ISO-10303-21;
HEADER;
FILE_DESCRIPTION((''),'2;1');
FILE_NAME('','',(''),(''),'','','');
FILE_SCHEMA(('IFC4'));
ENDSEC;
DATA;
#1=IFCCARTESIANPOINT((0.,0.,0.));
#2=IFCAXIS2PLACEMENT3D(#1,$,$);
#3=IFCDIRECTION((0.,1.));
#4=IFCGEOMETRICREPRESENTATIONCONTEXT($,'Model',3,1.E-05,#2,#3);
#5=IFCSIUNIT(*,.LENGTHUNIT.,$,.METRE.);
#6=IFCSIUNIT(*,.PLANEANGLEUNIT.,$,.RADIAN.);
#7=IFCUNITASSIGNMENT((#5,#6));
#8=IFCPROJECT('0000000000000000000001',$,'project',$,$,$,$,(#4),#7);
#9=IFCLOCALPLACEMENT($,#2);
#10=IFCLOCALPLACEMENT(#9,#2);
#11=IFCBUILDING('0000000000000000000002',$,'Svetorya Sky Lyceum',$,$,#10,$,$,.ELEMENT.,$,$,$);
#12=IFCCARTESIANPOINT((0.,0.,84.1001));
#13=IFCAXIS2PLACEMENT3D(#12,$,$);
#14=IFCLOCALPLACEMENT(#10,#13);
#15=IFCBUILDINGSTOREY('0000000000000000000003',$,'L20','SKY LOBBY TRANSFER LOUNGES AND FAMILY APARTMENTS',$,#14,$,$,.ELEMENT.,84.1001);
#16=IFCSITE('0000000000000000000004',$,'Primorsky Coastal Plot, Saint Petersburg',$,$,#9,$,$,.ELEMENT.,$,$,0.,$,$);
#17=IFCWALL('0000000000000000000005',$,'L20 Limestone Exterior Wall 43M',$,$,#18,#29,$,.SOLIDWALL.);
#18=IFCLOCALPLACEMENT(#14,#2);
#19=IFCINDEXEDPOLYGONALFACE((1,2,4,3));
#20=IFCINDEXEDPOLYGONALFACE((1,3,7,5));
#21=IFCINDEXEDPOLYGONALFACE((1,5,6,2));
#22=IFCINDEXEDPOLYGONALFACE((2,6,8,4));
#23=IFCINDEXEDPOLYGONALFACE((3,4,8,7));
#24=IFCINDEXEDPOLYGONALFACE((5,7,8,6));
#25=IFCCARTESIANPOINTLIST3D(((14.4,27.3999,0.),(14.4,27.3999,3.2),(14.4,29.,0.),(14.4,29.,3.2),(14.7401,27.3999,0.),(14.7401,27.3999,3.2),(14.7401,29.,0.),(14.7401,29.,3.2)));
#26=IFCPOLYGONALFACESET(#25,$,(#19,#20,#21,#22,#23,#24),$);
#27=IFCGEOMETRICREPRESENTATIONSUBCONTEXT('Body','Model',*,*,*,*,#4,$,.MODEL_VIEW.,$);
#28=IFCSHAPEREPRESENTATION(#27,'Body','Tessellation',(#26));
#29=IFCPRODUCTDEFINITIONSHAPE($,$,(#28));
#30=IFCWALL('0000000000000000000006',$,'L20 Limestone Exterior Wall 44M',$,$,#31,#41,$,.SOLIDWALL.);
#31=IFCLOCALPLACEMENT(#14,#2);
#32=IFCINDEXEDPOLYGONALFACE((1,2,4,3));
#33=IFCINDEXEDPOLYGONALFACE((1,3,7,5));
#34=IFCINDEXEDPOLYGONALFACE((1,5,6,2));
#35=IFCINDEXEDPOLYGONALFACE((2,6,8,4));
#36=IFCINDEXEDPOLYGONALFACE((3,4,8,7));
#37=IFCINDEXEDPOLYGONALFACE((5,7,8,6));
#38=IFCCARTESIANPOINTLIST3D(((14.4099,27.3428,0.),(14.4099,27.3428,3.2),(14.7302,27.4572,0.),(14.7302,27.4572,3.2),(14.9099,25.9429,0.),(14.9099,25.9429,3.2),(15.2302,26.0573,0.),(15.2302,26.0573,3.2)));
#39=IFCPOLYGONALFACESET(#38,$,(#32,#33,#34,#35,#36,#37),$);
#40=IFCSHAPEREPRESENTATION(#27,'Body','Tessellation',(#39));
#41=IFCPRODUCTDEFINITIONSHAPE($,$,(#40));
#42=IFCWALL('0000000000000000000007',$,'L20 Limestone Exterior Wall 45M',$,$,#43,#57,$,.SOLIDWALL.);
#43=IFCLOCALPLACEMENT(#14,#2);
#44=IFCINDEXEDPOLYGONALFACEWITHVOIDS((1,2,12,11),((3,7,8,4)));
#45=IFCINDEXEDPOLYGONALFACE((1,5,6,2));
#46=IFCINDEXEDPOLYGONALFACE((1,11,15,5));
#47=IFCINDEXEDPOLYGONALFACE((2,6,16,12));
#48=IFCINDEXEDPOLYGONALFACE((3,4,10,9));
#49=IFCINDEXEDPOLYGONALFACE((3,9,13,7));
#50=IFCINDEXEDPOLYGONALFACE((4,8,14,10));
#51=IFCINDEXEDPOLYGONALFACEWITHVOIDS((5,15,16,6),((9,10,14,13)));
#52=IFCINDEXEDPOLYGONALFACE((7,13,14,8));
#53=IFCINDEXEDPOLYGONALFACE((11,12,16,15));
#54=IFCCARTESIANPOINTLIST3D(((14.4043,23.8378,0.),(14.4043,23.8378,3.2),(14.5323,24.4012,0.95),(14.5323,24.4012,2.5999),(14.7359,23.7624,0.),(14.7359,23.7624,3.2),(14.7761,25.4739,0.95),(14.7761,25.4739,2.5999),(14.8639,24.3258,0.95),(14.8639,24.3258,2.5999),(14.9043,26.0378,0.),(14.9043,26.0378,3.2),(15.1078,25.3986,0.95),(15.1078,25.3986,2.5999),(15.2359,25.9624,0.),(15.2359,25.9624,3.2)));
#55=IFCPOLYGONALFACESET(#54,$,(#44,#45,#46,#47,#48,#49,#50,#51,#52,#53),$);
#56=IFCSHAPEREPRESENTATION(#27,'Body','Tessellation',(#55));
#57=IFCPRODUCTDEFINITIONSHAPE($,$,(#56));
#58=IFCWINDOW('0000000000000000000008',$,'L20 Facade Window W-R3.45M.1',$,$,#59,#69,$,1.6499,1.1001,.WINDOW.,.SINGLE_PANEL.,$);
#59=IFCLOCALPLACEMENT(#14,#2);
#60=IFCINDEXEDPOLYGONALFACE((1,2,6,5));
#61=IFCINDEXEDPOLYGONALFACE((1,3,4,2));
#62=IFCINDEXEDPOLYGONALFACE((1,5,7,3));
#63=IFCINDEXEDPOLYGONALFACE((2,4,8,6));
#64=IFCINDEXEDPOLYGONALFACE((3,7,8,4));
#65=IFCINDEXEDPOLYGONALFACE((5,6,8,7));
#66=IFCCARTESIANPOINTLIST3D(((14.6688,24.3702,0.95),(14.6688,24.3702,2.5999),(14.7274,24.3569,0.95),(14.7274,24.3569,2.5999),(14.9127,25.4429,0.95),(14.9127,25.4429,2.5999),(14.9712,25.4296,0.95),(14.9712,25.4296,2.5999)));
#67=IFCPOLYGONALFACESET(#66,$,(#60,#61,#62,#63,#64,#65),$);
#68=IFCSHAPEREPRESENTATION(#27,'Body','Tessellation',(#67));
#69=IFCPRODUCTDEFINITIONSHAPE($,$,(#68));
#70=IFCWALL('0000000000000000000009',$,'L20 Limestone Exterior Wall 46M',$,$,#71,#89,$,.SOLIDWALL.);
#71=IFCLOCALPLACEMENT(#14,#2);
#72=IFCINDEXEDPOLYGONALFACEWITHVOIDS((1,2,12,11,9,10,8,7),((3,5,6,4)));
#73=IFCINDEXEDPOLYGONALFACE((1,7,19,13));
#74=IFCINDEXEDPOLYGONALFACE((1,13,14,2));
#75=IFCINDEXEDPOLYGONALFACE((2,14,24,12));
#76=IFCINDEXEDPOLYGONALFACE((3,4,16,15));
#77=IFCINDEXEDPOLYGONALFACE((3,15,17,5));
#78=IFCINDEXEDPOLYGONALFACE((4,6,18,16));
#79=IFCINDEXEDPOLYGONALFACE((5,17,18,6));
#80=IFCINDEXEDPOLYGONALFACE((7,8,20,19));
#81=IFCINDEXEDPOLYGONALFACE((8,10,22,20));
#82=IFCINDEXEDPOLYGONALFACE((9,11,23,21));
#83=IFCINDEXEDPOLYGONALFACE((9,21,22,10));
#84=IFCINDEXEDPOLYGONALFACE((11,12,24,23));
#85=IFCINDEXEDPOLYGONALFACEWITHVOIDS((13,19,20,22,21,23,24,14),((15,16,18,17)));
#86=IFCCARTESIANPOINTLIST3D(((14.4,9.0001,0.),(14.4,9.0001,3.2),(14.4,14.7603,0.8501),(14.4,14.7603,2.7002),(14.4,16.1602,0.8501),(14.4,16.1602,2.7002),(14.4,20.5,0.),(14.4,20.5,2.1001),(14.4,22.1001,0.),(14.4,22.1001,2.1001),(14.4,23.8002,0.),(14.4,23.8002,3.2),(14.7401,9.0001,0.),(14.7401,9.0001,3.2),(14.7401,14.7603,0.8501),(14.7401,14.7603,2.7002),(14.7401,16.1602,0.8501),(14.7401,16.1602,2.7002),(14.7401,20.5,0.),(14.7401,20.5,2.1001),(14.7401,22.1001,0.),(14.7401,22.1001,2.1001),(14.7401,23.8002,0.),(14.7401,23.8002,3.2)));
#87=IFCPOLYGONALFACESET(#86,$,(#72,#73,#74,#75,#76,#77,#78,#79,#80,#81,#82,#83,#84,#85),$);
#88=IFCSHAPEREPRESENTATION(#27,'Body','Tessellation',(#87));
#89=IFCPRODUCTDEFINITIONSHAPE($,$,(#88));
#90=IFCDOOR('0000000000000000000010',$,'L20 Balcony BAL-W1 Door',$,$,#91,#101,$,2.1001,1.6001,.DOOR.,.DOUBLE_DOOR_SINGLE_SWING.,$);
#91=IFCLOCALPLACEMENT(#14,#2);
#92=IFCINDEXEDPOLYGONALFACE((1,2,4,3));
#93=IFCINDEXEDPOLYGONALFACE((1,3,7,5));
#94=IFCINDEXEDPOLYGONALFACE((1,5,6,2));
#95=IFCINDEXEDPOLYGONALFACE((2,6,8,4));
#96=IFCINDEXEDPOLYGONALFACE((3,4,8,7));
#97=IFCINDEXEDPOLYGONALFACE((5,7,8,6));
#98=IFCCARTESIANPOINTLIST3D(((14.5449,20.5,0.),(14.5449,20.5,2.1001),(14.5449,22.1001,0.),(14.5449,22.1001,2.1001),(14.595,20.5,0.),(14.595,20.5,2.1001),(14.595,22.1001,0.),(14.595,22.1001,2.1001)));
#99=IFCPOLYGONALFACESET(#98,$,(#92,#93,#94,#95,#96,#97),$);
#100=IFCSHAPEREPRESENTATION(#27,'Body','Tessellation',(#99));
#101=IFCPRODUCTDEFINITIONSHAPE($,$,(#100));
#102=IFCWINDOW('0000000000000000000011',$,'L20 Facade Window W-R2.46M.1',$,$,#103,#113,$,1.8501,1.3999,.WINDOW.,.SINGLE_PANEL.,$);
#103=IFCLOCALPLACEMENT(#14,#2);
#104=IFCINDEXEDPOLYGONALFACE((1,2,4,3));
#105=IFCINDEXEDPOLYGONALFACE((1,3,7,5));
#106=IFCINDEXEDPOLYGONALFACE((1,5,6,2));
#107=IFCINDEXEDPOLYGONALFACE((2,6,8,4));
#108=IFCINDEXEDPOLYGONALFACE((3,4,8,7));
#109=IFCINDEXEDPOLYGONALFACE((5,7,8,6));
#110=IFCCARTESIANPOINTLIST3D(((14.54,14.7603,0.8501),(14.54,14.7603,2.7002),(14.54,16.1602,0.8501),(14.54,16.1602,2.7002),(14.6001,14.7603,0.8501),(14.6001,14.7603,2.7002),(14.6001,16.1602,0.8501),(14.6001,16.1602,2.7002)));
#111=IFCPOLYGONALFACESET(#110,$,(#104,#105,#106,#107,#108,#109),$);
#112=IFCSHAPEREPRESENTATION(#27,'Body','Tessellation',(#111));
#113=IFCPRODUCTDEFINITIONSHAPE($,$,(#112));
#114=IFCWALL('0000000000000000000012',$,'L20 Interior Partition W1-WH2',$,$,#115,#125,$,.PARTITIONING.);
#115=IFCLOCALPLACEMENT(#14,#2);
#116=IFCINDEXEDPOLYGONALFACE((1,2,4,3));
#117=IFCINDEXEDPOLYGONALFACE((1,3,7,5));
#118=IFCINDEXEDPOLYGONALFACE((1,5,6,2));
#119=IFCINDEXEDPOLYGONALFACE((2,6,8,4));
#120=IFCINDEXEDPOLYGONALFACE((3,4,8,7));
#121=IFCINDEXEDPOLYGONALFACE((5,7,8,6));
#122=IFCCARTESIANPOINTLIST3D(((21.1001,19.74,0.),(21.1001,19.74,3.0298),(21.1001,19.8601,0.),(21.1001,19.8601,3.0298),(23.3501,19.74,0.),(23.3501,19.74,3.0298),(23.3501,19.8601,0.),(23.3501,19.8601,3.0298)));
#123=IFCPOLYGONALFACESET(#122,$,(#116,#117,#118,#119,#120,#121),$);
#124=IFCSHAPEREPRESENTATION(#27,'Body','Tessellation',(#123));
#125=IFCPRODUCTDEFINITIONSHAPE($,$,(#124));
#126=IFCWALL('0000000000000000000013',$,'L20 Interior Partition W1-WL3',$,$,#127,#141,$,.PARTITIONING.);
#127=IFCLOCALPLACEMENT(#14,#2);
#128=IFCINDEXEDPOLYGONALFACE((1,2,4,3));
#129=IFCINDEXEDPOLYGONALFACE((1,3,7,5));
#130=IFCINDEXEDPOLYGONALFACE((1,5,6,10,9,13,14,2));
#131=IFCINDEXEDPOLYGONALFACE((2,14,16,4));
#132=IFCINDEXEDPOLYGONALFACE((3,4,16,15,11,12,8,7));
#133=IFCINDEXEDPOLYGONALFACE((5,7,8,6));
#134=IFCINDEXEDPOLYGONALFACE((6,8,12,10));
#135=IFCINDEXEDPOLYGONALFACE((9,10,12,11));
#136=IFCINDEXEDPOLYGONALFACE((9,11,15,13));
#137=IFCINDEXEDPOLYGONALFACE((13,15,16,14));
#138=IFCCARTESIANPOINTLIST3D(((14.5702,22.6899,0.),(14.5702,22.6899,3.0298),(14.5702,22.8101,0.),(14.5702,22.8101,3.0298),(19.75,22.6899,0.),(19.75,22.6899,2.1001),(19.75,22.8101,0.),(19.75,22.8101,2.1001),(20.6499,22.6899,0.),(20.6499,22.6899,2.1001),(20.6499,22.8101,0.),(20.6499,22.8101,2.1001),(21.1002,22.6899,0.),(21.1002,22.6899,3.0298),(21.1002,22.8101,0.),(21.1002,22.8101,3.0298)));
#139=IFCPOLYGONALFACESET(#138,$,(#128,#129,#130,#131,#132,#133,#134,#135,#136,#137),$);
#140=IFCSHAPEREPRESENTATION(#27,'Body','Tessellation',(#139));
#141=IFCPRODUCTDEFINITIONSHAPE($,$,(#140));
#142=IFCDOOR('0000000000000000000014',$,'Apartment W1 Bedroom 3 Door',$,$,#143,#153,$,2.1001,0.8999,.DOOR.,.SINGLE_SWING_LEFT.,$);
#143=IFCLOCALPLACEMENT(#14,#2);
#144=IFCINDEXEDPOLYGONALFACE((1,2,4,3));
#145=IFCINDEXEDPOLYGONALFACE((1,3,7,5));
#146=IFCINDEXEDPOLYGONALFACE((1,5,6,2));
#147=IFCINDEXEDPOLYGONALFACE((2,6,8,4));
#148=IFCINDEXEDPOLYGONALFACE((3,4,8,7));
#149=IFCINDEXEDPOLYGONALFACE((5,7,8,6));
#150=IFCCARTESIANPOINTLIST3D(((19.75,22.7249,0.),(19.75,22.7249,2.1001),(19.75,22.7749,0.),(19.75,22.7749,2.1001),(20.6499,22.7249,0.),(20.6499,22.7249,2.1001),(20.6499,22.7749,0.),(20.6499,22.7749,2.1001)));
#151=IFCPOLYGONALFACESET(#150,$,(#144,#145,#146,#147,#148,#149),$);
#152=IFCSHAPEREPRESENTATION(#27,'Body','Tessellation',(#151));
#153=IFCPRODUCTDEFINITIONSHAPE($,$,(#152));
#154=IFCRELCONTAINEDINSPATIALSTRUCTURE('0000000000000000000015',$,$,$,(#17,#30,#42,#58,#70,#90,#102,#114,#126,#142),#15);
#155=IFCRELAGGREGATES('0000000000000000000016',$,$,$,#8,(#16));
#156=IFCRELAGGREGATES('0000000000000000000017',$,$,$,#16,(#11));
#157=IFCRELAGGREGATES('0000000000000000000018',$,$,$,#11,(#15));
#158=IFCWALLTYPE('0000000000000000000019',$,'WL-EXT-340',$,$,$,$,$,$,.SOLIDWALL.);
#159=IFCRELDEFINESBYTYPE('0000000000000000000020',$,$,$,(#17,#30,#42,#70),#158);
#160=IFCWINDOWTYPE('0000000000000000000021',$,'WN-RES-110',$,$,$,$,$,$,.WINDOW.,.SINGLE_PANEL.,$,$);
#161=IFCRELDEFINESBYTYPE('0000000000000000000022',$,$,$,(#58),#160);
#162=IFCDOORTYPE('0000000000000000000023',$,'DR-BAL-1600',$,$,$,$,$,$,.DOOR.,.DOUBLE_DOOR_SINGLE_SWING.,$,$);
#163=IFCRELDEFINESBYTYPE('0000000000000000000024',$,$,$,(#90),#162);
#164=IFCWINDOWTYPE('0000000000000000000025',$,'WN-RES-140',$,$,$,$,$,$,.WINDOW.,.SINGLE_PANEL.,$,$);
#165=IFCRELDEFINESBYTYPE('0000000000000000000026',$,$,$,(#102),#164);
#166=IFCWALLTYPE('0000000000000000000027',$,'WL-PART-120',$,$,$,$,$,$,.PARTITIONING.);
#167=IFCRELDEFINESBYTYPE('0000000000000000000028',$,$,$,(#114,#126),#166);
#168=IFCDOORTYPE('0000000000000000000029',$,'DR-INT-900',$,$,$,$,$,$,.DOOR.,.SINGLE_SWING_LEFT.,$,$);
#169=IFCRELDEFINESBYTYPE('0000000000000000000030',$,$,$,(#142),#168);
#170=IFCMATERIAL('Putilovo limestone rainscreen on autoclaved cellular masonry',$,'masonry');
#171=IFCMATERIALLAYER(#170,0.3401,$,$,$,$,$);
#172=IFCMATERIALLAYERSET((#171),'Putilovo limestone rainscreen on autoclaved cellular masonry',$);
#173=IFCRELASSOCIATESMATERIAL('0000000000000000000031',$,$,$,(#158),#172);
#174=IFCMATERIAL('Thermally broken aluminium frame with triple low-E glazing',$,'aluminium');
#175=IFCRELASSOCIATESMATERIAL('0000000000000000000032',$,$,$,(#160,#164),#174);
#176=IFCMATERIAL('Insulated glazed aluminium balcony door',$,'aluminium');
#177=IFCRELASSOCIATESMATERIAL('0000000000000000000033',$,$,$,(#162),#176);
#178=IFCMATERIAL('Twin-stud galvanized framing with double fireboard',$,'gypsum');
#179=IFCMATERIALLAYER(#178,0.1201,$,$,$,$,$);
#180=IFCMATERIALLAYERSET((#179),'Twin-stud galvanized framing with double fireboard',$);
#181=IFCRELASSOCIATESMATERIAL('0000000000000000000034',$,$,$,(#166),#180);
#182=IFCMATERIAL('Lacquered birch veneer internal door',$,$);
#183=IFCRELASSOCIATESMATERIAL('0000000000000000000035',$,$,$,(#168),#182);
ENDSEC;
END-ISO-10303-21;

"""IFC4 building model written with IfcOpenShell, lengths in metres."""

from ifc_helpers import new_model, si_unit, direction, frame, frame_2d, origin, place, context, subcontext, project, spatial, rectangle, extrude, material, layer, layer_set, type_object, element, fill, save


model = new_model("IFC4")

# Units and contexts
model_context = context("Model", 3, precision=1e-05, world=origin(), true_north=direction((0.0, 1.0)))
body_context = subcontext(model_context, "Body", "Model", "MODEL_VIEW")
ifc_project = project(units=[si_unit("LENGTHUNIT", "METRE"), si_unit("PLANEANGLEUNIT", "RADIAN")], contexts=[model_context])

# Site, building, storey
site_placement = place(None, origin())
site = spatial("IfcSite", under=ifc_project, at=site_placement, Name="Primorsky Coastal Plot, Saint Petersburg", CompositionType="ELEMENT", RefElevation=0.0)
building_placement = place(site_placement, origin())
building = spatial("IfcBuilding", under=site, at=building_placement, Name="Svetorya Sky Lyceum", CompositionType="ELEMENT")
storey_placement = place(building_placement, frame((0.0, 0.0, 84.1001)))
storey = spatial("IfcBuildingStorey", under=building, at=storey_placement, Name="L20", Description="SKY LOBBY TRANSFER LOUNGES AND FAMILY APARTMENTS", CompositionType="ELEMENT", Elevation=84.1001)

# Walls
ifc_material_1 = material(Name="Putilovo limestone rainscreen on autoclaved cellular masonry", Category="masonry")
ifc_layer_1 = layer(ifc_material_1, 0.3401)
ifc_layer_set_1 = layer_set([ifc_layer_1], Name="Putilovo limestone rainscreen on autoclaved cellular masonry")
wall_type_1 = type_object("IfcWallType", Name="WL-EXT-340", PredefinedType="SOLIDWALL", material=ifc_layer_set_1)
wall_1_placement = place(storey_placement, frame((14.5701, 29.0, 0.0), z_axis=(0.0, 0.0, 1.0), x_axis=(0.0, -1.0, 0.0)))
element("IfcWall", 1, at=wall_1_placement, inside=storey, type_object=wall_type_1, Name="L20 Limestone Exterior Wall 43M", PredefinedType="SOLIDWALL", context=body_context, shape_type="SweptSolid", body=[
    extrude(rectangle(XDim=1.6001, YDim=0.3401, at=frame_2d((0.8, 0.0))), origin(), (0.0, 0.0, 1.0), 3.2),
])
wall_2_placement = place(storey_placement, frame((14.5701, 27.3999, 0.0), z_axis=(0.0, 0.0, 1.0), x_axis=(0.336357, -0.941734, 0.0)))
element("IfcWall", 2, at=wall_2_placement, inside=storey, type_object=wall_type_1, Name="L20 Limestone Exterior Wall 44M", PredefinedType="SOLIDWALL", context=body_context, shape_type="SweptSolid", body=[
    extrude(rectangle(XDim=1.4866, YDim=0.3401, at=frame_2d((0.7432, 0.0))), origin(), (0.0, 0.0, 1.0), 3.2),
])

# Wall, opening, window
wall_3_placement = place(storey_placement, frame((15.0701, 26.0, 0.0), z_axis=(0.0, 0.0, 1.0), x_axis=(-0.221626, -0.975132, 0.0)))
wall_3 = element("IfcWall", 3, at=wall_3_placement, inside=storey, type_object=wall_type_1, Name="L20 Limestone Exterior Wall 45M", PredefinedType="SOLIDWALL", context=body_context, shape_type="SweptSolid", body=[
    extrude(rectangle(XDim=2.2561, YDim=0.3401, at=frame_2d((1.1279, 0.0))), origin(), (0.0, 0.0, 1.0), 3.2),
])
opening_1_placement = place(wall_3_placement, frame((0.5781, 0.0, 0.95)))
opening_1 = element("IfcOpeningElement", 4, at=opening_1_placement, cuts=wall_3, PredefinedType="OPENING", context=body_context, shape_type="SweptSolid", body=[
    extrude(rectangle(XDim=1.1001, YDim=1.6499, at=frame_2d((0.55, 0.825))), frame((0.0, 0.1799, 0.0), z_axis=(0.0, -1.0, 0.0), x_axis=(1.0, 0.0, 0.0)), (0.0, 0.0, 1.0), 0.3601),
])
ifc_material_2 = material(Name="Thermally broken aluminium frame with triple low-E glazing", Category="aluminium")
window_type_1 = type_object("IfcWindowType", Name="WN-RES-110", PartitioningType="SINGLE_PANEL", PredefinedType="WINDOW", material=ifc_material_2)
window_1_placement = place(opening_1_placement, origin())
window_1 = element("IfcWindow", 5, at=window_1_placement, inside=storey, type_object=window_type_1, Name="L20 Facade Window W-R3.45M.1", OverallHeight=1.6499, OverallWidth=1.1001, PartitioningType="SINGLE_PANEL", PredefinedType="WINDOW", context=body_context, shape_type="SweptSolid", body=[
    extrude(rectangle(XDim=1.1001, YDim=1.6499, at=frame_2d((0.55, 0.825))), frame((0.0, 0.03, 0.0), z_axis=(0.0, -1.0, 0.0), x_axis=(1.0, 0.0, 0.0)), (0.0, 0.0, 1.0), 0.0601),
])
fill(opening_1, window_1)

# Wall, openings, door, window
wall_4_placement = place(storey_placement, frame((14.5701, 23.8, 0.0), z_axis=(0.0, 0.0, 1.0), x_axis=(0.0, -1.0, 0.0)))
wall_4 = element("IfcWall", 6, at=wall_4_placement, inside=storey, type_object=wall_type_1, Name="L20 Limestone Exterior Wall 46M", PredefinedType="SOLIDWALL", context=body_context, shape_type="SweptSolid", body=[
    extrude(rectangle(XDim=14.8, YDim=0.3401, at=frame_2d((7.3999, 0.0))), origin(), (0.0, 0.0, 1.0), 3.2),
])
opening_2_placement = place(wall_4_placement, frame((1.7, 0.0, 0.0)))
opening_2 = element("IfcOpeningElement", 7, at=opening_2_placement, cuts=wall_4, PredefinedType="OPENING", context=body_context, shape_type="SweptSolid", body=[
    extrude(rectangle(XDim=1.6001, YDim=2.1001, at=frame_2d((0.8, 1.05))), frame((0.0, 0.1799, 0.0), z_axis=(0.0, -1.0, 0.0), x_axis=(1.0, 0.0, 0.0)), (0.0, 0.0, 1.0), 0.3601),
])
opening_3_placement = place(wall_4_placement, frame((7.6399, 0.0, 0.8501)))
opening_3 = element("IfcOpeningElement", 8, at=opening_3_placement, cuts=wall_4, PredefinedType="OPENING", context=body_context, shape_type="SweptSolid", body=[
    extrude(rectangle(XDim=1.3999, YDim=1.8501, at=frame_2d((0.7, 0.925))), frame((0.0, 0.1799, 0.0), z_axis=(0.0, -1.0, 0.0), x_axis=(1.0, 0.0, 0.0)), (0.0, 0.0, 1.0), 0.3601),
])
ifc_material_3 = material(Name="Insulated glazed aluminium balcony door", Category="aluminium")
door_type_1 = type_object("IfcDoorType", Name="DR-BAL-1600", OperationType="DOUBLE_DOOR_SINGLE_SWING", PredefinedType="DOOR", material=ifc_material_3)
door_1_placement = place(opening_2_placement, origin())
door_1 = element("IfcDoor", 9, at=door_1_placement, inside=storey, type_object=door_type_1, Name="L20 Balcony BAL-W1 Door", OperationType="DOUBLE_DOOR_SINGLE_SWING", OverallHeight=2.1001, OverallWidth=1.6001, PredefinedType="DOOR", context=body_context, shape_type="SweptSolid", body=[
    extrude(rectangle(XDim=1.6001, YDim=2.1001, at=frame_2d((0.8, 1.05))), frame((0.0, 0.0249, 0.0), z_axis=(0.0, -1.0, 0.0), x_axis=(1.0, 0.0, 0.0)), (0.0, 0.0, 1.0), 0.05),
])
fill(opening_2, door_1)
window_type_2 = type_object("IfcWindowType", Name="WN-RES-140", PartitioningType="SINGLE_PANEL", PredefinedType="WINDOW", material=ifc_material_2)
window_2_placement = place(opening_3_placement, origin())
window_2 = element("IfcWindow", 10, at=window_2_placement, inside=storey, type_object=window_type_2, Name="L20 Facade Window W-R2.46M.1", OverallHeight=1.8501, OverallWidth=1.3999, PartitioningType="SINGLE_PANEL", PredefinedType="WINDOW", context=body_context, shape_type="SweptSolid", body=[
    extrude(rectangle(XDim=1.3999, YDim=1.8501, at=frame_2d((0.7, 0.925))), frame((0.0, 0.03, 0.0), z_axis=(0.0, -1.0, 0.0), x_axis=(1.0, 0.0, 0.0)), (0.0, 0.0, 1.0), 0.0601),
])
fill(opening_3, window_2)

# Wall
ifc_material_4 = material(Name="Twin-stud galvanized framing with double fireboard", Category="gypsum")
ifc_layer_2 = layer(ifc_material_4, 0.1201)
ifc_layer_set_2 = layer_set([ifc_layer_2], Name="Twin-stud galvanized framing with double fireboard")
wall_type_2 = type_object("IfcWallType", Name="WL-PART-120", PredefinedType="PARTITIONING", material=ifc_layer_set_2)
wall_5_placement = place(storey_placement, frame((21.1001, 19.8, 0.0), z_axis=(0.0, 0.0, 1.0), x_axis=(1.0, 0.0, 0.0)))
element("IfcWall", 11, at=wall_5_placement, inside=storey, type_object=wall_type_2, Name="L20 Interior Partition W1-WH2", PredefinedType="PARTITIONING", context=body_context, shape_type="SweptSolid", body=[
    extrude(rectangle(XDim=2.25, YDim=0.1201, at=frame_2d((1.125, 0.0))), origin(), (0.0, 0.0, 1.0), 3.0298),
])

# Wall, opening, door
wall_6_placement = place(storey_placement, frame((14.5701, 22.75, 0.0), z_axis=(0.0, 0.0, 1.0), x_axis=(1.0, 0.0, 0.0)))
wall_6 = element("IfcWall", 12, at=wall_6_placement, inside=storey, type_object=wall_type_2, Name="L20 Interior Partition W1-WL3", PredefinedType="PARTITIONING", context=body_context, shape_type="SweptSolid", body=[
    extrude(rectangle(XDim=6.53, YDim=0.1201, at=frame_2d((3.2651, 0.0))), origin(), (0.0, 0.0, 1.0), 3.0298),
])
opening_4_placement = place(wall_6_placement, frame((5.1799, 0.0, 0.0)))
opening_4 = element("IfcOpeningElement", 13, at=opening_4_placement, cuts=wall_6, PredefinedType="OPENING", context=body_context, shape_type="SweptSolid", body=[
    extrude(rectangle(XDim=0.8999, YDim=2.1001, at=frame_2d((0.45, 1.05))), frame((0.0, 0.0701, 0.0), z_axis=(0.0, -1.0, 0.0), x_axis=(1.0, 0.0, 0.0)), (0.0, 0.0, 1.0), 0.1401),
])
ifc_material_5 = material(Name="Lacquered birch veneer internal door")
door_type_2 = type_object("IfcDoorType", Name="DR-INT-900", OperationType="SINGLE_SWING_LEFT", PredefinedType="DOOR", material=ifc_material_5)
door_2_placement = place(opening_4_placement, origin())
door_2 = element("IfcDoor", 14, at=door_2_placement, inside=storey, type_object=door_type_2, Name="Apartment W1 Bedroom 3 Door", OperationType="SINGLE_SWING_LEFT", OverallHeight=2.1001, OverallWidth=0.8999, PredefinedType="DOOR", context=body_context, shape_type="SweptSolid", body=[
    extrude(rectangle(XDim=0.8999, YDim=2.1001, at=frame_2d((0.45, 1.05))), frame((0.0, 0.0249, 0.0), z_axis=(0.0, -1.0, 0.0), x_axis=(1.0, 0.0, 0.0)), (0.0, 0.0, 1.0), 0.05),
])
fill(opening_4, door_2)

save(model, "model.ifc")
